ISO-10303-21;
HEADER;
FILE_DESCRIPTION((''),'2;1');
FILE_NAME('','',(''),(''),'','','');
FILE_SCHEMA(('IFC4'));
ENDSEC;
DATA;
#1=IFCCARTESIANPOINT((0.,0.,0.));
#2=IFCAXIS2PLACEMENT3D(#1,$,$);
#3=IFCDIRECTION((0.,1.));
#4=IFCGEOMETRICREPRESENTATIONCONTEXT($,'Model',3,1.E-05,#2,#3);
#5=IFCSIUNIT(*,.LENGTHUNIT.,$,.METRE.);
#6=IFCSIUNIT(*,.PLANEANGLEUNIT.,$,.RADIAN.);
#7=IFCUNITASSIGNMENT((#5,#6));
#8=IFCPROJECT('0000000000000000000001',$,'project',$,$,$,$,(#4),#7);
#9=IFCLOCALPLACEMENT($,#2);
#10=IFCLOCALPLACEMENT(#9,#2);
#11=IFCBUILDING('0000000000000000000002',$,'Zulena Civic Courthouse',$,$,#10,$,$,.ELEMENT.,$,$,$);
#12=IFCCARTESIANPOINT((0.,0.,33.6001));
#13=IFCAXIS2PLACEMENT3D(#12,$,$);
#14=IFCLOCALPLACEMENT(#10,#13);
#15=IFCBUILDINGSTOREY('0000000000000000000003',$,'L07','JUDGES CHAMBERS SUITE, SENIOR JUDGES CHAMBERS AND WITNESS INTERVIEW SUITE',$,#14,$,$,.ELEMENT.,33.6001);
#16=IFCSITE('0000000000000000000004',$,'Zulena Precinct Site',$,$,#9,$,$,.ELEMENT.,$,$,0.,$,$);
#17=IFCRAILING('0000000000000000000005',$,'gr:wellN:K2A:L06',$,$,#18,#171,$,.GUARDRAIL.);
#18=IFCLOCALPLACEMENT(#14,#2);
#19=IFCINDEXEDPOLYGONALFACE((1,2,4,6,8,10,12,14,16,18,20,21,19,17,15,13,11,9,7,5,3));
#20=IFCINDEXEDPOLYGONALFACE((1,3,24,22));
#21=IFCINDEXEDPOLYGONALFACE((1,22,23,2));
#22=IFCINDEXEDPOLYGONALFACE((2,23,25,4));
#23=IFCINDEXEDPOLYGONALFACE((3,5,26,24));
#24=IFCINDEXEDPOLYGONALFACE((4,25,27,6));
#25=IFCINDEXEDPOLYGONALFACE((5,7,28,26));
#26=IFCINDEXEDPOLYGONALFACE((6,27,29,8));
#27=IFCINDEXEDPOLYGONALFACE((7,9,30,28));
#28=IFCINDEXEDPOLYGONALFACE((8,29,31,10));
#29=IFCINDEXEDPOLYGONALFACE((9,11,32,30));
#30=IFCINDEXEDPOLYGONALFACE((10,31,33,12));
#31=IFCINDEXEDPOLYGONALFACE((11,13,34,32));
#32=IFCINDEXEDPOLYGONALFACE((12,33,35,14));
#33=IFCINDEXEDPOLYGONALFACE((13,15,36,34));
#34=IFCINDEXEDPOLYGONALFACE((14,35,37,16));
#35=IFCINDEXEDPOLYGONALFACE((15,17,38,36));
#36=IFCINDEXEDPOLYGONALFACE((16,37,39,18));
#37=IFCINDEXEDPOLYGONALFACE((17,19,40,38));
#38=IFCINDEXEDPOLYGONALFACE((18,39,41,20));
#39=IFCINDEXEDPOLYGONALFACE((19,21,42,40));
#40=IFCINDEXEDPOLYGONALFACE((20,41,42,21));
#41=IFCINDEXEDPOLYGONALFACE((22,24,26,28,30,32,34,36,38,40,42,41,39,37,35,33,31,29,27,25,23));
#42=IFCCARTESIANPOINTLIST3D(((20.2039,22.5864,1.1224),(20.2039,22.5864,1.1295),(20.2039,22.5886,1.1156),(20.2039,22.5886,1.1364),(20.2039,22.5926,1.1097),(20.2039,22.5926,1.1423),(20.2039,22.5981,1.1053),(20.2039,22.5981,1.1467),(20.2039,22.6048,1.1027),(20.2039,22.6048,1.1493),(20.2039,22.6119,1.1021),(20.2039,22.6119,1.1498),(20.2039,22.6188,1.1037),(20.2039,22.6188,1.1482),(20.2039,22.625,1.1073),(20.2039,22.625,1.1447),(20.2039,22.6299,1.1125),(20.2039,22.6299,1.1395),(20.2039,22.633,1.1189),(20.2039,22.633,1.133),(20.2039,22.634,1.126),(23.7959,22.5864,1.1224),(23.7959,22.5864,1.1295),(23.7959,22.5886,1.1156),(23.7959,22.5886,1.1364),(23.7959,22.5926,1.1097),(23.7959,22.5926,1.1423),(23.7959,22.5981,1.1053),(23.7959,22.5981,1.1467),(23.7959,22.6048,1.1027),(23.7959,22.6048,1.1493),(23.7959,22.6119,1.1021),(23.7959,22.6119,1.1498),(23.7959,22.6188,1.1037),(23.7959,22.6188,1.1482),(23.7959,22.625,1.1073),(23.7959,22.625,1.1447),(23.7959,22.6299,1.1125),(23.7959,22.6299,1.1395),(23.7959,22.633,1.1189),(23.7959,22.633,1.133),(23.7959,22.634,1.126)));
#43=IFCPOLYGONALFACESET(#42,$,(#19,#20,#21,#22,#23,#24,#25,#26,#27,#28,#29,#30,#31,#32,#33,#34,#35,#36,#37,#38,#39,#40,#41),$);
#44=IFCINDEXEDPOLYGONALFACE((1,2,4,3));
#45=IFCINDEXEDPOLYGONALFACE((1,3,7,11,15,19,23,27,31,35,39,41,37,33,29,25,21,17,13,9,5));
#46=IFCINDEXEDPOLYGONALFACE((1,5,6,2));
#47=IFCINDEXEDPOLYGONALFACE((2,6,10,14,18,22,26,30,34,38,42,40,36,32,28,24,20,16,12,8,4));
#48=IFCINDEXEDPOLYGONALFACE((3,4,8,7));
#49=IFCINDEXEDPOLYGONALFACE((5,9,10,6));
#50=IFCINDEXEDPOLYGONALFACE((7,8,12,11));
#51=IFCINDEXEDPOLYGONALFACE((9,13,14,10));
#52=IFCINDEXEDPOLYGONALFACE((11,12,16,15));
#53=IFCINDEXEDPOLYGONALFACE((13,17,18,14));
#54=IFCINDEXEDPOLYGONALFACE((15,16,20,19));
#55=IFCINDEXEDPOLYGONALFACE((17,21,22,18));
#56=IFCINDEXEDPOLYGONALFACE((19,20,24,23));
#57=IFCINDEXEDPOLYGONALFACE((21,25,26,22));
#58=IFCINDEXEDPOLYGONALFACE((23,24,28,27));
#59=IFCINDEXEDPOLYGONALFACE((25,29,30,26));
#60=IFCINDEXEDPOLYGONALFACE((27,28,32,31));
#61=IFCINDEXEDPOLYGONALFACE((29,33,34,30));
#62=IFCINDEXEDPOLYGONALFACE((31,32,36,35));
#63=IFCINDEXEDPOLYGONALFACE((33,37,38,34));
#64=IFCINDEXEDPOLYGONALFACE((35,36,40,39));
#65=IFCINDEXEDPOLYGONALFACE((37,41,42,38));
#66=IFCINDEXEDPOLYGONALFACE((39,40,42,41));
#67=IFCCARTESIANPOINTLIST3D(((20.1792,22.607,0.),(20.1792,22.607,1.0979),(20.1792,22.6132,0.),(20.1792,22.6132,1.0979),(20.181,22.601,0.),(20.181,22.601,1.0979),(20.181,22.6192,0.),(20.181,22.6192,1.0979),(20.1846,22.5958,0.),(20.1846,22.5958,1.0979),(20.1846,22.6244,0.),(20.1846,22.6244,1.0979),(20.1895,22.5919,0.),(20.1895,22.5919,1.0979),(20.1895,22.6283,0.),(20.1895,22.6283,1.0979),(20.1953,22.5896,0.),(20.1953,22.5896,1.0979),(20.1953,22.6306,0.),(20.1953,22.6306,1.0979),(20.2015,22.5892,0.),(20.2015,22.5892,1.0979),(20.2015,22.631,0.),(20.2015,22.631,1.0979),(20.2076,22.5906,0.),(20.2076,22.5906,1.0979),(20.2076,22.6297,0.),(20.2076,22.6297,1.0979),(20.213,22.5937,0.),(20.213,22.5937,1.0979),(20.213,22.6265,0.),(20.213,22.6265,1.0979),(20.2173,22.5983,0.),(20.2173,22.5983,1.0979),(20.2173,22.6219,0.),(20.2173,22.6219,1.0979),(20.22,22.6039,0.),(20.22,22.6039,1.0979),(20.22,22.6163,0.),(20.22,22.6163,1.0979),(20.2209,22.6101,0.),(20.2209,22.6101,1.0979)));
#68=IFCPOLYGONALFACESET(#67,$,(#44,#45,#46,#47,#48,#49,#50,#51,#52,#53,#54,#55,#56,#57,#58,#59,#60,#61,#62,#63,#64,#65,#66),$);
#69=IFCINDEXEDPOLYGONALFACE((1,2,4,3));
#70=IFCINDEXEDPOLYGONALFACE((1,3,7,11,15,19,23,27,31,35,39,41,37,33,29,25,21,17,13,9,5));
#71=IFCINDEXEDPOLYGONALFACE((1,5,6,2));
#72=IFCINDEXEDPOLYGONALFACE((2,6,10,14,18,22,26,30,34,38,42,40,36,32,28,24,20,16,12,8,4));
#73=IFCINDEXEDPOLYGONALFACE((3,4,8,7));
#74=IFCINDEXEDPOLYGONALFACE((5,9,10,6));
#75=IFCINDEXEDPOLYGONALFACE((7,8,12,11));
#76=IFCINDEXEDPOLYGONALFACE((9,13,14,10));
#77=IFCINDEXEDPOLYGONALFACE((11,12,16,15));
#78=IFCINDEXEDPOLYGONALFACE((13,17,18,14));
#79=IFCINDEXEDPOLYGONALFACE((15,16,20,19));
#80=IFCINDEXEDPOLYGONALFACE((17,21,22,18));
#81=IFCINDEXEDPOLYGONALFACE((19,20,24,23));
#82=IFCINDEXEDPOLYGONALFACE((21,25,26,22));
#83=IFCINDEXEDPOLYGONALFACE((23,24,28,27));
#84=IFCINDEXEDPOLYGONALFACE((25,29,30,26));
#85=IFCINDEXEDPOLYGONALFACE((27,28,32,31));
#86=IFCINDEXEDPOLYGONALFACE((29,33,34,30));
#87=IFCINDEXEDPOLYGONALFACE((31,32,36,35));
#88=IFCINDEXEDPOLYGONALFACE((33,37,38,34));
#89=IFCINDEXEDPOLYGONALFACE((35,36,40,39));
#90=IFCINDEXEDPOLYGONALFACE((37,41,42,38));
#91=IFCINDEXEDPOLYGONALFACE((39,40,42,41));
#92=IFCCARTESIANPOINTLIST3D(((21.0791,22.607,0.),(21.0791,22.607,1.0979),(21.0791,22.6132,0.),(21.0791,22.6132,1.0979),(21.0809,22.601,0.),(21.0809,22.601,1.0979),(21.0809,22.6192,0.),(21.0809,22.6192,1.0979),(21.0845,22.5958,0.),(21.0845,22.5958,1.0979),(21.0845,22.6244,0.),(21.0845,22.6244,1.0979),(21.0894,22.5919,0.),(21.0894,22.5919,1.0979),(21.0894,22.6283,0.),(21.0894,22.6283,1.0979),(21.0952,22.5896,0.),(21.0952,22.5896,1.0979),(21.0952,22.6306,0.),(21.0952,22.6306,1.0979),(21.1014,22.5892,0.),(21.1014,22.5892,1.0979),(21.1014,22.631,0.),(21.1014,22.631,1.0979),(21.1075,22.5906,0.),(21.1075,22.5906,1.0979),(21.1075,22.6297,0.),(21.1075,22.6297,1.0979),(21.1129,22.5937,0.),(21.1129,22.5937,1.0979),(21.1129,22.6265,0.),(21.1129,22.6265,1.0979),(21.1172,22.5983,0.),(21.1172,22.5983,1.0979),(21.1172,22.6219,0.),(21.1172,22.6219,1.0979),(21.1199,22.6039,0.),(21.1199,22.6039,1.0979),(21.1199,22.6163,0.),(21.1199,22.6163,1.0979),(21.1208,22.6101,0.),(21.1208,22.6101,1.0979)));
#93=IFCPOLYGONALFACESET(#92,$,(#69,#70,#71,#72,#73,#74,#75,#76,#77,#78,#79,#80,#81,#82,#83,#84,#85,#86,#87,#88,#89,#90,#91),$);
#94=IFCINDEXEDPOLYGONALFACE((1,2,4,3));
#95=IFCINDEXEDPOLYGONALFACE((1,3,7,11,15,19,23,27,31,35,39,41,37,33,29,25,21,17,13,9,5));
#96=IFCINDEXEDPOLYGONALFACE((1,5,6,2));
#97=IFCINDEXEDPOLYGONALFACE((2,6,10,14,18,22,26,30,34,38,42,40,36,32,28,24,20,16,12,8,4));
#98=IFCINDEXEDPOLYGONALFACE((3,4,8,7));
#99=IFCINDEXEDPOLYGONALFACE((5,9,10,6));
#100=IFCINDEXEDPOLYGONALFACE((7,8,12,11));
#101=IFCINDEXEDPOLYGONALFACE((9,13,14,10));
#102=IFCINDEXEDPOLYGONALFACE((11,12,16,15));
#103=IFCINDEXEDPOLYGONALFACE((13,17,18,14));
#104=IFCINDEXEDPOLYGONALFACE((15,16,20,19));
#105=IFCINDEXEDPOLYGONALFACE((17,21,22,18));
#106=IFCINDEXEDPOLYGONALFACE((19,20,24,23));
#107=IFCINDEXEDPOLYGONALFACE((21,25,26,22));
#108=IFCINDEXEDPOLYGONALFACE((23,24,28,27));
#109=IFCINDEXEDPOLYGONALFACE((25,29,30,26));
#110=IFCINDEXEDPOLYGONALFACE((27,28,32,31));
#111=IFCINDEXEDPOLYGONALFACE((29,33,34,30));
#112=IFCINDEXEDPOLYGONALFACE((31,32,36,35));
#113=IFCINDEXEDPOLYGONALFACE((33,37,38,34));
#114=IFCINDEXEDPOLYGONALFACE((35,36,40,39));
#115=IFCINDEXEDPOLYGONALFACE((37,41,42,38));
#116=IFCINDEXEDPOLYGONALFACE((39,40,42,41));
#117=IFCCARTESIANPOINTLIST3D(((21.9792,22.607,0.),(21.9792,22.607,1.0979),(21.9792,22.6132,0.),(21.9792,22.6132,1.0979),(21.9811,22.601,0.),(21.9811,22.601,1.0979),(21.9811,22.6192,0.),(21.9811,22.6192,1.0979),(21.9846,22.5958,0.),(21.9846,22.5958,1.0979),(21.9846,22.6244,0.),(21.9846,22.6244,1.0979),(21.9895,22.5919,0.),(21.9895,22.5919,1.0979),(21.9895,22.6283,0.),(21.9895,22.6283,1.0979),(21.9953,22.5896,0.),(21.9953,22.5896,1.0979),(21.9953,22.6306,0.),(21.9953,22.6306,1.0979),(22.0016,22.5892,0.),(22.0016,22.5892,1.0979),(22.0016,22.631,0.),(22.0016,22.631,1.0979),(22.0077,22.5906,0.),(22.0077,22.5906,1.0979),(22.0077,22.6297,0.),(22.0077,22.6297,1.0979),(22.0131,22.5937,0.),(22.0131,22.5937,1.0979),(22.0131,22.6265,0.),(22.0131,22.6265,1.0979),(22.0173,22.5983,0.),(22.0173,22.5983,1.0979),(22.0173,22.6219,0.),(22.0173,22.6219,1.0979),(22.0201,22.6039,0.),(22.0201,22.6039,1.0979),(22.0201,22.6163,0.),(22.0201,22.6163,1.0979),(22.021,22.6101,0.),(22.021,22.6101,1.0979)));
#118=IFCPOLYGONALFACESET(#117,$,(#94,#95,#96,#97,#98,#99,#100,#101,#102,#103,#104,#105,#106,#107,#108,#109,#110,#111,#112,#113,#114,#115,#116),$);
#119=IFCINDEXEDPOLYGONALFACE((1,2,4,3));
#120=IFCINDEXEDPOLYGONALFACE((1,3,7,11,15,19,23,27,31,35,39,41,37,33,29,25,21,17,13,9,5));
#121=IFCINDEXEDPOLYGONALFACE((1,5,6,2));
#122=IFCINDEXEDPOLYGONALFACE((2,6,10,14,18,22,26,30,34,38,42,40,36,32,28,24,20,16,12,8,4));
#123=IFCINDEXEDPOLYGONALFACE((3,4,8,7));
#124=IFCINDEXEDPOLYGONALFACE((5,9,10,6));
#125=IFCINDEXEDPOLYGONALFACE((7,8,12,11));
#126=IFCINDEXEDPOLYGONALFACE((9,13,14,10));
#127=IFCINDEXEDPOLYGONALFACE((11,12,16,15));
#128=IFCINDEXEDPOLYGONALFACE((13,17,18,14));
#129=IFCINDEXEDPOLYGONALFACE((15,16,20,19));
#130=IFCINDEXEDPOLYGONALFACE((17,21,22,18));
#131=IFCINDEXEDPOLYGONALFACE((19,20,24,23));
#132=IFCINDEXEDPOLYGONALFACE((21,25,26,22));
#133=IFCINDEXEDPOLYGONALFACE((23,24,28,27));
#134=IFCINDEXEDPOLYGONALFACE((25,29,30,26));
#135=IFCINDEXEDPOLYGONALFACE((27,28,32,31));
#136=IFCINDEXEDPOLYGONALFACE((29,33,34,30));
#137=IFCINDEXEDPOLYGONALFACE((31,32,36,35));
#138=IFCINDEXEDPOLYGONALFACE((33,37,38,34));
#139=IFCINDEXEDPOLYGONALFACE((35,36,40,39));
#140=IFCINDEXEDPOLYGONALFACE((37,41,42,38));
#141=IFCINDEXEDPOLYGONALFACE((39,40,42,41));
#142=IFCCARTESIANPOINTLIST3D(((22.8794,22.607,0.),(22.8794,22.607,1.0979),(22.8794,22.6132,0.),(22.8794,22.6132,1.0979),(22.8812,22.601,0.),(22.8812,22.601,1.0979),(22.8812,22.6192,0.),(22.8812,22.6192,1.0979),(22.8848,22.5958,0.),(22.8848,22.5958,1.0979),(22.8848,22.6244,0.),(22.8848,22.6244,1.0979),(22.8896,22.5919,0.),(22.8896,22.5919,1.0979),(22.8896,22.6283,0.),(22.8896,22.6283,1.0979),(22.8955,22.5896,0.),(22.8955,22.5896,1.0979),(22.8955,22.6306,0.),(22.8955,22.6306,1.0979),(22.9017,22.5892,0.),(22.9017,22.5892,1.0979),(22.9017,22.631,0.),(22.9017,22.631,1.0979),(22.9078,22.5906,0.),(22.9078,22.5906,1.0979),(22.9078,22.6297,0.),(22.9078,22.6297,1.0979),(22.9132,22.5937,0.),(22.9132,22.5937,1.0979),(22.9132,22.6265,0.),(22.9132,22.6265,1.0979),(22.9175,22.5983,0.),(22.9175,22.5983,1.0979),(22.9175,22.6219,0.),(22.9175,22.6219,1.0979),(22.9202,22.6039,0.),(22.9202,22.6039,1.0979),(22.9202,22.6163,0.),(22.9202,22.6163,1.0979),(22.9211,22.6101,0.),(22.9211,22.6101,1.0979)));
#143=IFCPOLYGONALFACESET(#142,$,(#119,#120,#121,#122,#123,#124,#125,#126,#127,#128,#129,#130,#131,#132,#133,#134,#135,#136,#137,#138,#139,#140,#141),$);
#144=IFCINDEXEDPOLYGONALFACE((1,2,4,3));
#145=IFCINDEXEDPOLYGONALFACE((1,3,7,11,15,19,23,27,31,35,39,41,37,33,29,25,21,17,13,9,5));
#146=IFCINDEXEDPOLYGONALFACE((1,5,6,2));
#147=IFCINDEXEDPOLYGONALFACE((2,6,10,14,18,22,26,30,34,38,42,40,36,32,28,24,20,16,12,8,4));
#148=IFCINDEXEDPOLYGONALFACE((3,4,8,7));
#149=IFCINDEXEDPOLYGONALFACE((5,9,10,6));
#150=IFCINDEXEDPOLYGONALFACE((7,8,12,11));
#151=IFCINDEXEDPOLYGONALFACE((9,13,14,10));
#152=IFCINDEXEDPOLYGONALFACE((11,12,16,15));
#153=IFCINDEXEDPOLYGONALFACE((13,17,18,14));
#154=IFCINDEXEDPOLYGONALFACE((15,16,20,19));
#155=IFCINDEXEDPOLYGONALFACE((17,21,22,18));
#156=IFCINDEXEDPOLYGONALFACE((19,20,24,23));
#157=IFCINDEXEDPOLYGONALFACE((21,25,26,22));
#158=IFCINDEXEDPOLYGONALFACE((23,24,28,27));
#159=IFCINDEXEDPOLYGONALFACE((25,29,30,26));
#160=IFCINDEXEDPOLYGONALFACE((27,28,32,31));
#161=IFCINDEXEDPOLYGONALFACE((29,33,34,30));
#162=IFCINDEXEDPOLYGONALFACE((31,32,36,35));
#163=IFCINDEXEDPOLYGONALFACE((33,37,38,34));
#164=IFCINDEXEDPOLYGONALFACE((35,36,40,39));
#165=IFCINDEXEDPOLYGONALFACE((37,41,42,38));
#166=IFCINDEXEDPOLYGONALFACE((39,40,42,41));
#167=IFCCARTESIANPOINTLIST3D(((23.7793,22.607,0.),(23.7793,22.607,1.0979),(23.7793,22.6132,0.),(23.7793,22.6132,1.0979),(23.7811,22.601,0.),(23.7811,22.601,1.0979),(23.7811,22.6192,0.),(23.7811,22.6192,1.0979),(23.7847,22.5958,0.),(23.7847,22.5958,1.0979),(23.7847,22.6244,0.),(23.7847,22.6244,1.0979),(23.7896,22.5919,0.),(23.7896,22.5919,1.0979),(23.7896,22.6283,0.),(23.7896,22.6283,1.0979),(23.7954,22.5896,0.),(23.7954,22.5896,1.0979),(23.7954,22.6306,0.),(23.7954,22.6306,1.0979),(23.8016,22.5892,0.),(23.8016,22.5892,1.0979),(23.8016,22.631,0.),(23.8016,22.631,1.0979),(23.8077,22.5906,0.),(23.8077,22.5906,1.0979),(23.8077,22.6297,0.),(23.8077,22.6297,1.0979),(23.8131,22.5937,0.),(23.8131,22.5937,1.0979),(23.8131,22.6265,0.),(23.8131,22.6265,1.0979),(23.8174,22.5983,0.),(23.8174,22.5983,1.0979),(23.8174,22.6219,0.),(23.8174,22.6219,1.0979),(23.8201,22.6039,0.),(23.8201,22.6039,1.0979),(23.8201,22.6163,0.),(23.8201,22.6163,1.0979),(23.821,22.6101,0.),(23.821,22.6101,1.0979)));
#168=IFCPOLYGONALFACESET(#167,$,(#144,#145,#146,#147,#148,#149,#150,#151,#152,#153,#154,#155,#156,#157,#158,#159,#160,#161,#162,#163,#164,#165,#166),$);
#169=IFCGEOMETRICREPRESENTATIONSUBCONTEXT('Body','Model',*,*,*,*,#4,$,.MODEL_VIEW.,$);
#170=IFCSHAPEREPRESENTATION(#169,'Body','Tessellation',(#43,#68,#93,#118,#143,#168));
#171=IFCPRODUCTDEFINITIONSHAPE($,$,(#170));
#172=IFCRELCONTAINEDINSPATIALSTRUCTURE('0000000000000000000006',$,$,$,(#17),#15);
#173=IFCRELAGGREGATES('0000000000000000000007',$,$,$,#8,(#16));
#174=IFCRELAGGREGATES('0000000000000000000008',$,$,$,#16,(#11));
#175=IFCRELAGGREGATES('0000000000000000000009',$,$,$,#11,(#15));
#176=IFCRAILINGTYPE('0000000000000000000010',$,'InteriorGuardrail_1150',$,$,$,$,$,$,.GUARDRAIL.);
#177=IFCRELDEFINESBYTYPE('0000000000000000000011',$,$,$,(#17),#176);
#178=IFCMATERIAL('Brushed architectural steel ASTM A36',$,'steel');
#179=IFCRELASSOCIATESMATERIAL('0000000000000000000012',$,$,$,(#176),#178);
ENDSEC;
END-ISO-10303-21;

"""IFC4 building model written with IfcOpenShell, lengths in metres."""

from ifc_helpers import new_model, si_unit, direction, frame, origin, origin_2d, place, context, subcontext, project, spatial, circle, extrude, material, type_object, element, save


model = new_model("IFC4")

# Units and contexts
model_context = context("Model", 3, precision=1e-05, world=origin(), true_north=direction((0.0, 1.0)))
body_context = subcontext(model_context, "Body", "Model", "MODEL_VIEW")
ifc_project = project(units=[si_unit("LENGTHUNIT", "METRE"), si_unit("PLANEANGLEUNIT", "RADIAN")], contexts=[model_context])

# Site, building, storey
site_placement = place(None, origin())
site = spatial("IfcSite", under=ifc_project, at=site_placement, Name="Zulena Precinct Site", CompositionType="ELEMENT", RefElevation=0.0)
building_placement = place(site_placement, origin())
building = spatial("IfcBuilding", under=site, at=building_placement, Name="Zulena Civic Courthouse", CompositionType="ELEMENT")
storey_placement = place(building_placement, frame((0.0, 0.0, 33.6001)))
storey = spatial("IfcBuildingStorey", under=building, at=storey_placement, Name="L07", Description="JUDGES CHAMBERS SUITE, SENIOR JUDGES CHAMBERS AND WITNESS INTERVIEW SUITE", CompositionType="ELEMENT", Elevation=33.6001)

# Railing
ifc_material_1 = material(Name="Brushed architectural steel ASTM A36", Category="steel")
railing_type_1 = type_object("IfcRailingType", Name="InteriorGuardrail_1150", PredefinedType="GUARDRAIL", material=ifc_material_1)
railing_1_placement = place(storey_placement, frame((20.2, 22.6101, 0.0)))
element("IfcRailing", 1, at=railing_1_placement, inside=storey, type_object=railing_type_1, Name="gr:wellN:K2A:L06", PredefinedType="GUARDRAIL", context=body_context, shape_type="SweptSolid", body=[
    extrude(circle(Radius=0.0239, at=origin_2d()), frame((0.0039, 0.0, 1.126), z_axis=(1.0, 0.0, 0.0), x_axis=(0.0, 1.0, 0.0)), (0.0, 0.0, 1.0), 3.592),
    extrude(circle(Radius=0.021, at=origin_2d()), origin(), (0.0, 0.0, 1.0), 1.0979),
    extrude(circle(Radius=0.021, at=origin_2d()), frame((0.8999, 0.0, 0.0)), (0.0, 0.0, 1.0), 1.0979),
    extrude(circle(Radius=0.021, at=origin_2d()), frame((1.8, 0.0, 0.0)), (0.0, 0.0, 1.0), 1.0979),
    extrude(circle(Radius=0.021, at=origin_2d()), frame((2.7002, 0.0, 0.0)), (0.0, 0.0, 1.0), 1.0979),
    extrude(circle(Radius=0.021, at=origin_2d()), frame((3.6001, 0.0, 0.0)), (0.0, 0.0, 1.0), 1.0979),
])

save(model, "model.ifc")
